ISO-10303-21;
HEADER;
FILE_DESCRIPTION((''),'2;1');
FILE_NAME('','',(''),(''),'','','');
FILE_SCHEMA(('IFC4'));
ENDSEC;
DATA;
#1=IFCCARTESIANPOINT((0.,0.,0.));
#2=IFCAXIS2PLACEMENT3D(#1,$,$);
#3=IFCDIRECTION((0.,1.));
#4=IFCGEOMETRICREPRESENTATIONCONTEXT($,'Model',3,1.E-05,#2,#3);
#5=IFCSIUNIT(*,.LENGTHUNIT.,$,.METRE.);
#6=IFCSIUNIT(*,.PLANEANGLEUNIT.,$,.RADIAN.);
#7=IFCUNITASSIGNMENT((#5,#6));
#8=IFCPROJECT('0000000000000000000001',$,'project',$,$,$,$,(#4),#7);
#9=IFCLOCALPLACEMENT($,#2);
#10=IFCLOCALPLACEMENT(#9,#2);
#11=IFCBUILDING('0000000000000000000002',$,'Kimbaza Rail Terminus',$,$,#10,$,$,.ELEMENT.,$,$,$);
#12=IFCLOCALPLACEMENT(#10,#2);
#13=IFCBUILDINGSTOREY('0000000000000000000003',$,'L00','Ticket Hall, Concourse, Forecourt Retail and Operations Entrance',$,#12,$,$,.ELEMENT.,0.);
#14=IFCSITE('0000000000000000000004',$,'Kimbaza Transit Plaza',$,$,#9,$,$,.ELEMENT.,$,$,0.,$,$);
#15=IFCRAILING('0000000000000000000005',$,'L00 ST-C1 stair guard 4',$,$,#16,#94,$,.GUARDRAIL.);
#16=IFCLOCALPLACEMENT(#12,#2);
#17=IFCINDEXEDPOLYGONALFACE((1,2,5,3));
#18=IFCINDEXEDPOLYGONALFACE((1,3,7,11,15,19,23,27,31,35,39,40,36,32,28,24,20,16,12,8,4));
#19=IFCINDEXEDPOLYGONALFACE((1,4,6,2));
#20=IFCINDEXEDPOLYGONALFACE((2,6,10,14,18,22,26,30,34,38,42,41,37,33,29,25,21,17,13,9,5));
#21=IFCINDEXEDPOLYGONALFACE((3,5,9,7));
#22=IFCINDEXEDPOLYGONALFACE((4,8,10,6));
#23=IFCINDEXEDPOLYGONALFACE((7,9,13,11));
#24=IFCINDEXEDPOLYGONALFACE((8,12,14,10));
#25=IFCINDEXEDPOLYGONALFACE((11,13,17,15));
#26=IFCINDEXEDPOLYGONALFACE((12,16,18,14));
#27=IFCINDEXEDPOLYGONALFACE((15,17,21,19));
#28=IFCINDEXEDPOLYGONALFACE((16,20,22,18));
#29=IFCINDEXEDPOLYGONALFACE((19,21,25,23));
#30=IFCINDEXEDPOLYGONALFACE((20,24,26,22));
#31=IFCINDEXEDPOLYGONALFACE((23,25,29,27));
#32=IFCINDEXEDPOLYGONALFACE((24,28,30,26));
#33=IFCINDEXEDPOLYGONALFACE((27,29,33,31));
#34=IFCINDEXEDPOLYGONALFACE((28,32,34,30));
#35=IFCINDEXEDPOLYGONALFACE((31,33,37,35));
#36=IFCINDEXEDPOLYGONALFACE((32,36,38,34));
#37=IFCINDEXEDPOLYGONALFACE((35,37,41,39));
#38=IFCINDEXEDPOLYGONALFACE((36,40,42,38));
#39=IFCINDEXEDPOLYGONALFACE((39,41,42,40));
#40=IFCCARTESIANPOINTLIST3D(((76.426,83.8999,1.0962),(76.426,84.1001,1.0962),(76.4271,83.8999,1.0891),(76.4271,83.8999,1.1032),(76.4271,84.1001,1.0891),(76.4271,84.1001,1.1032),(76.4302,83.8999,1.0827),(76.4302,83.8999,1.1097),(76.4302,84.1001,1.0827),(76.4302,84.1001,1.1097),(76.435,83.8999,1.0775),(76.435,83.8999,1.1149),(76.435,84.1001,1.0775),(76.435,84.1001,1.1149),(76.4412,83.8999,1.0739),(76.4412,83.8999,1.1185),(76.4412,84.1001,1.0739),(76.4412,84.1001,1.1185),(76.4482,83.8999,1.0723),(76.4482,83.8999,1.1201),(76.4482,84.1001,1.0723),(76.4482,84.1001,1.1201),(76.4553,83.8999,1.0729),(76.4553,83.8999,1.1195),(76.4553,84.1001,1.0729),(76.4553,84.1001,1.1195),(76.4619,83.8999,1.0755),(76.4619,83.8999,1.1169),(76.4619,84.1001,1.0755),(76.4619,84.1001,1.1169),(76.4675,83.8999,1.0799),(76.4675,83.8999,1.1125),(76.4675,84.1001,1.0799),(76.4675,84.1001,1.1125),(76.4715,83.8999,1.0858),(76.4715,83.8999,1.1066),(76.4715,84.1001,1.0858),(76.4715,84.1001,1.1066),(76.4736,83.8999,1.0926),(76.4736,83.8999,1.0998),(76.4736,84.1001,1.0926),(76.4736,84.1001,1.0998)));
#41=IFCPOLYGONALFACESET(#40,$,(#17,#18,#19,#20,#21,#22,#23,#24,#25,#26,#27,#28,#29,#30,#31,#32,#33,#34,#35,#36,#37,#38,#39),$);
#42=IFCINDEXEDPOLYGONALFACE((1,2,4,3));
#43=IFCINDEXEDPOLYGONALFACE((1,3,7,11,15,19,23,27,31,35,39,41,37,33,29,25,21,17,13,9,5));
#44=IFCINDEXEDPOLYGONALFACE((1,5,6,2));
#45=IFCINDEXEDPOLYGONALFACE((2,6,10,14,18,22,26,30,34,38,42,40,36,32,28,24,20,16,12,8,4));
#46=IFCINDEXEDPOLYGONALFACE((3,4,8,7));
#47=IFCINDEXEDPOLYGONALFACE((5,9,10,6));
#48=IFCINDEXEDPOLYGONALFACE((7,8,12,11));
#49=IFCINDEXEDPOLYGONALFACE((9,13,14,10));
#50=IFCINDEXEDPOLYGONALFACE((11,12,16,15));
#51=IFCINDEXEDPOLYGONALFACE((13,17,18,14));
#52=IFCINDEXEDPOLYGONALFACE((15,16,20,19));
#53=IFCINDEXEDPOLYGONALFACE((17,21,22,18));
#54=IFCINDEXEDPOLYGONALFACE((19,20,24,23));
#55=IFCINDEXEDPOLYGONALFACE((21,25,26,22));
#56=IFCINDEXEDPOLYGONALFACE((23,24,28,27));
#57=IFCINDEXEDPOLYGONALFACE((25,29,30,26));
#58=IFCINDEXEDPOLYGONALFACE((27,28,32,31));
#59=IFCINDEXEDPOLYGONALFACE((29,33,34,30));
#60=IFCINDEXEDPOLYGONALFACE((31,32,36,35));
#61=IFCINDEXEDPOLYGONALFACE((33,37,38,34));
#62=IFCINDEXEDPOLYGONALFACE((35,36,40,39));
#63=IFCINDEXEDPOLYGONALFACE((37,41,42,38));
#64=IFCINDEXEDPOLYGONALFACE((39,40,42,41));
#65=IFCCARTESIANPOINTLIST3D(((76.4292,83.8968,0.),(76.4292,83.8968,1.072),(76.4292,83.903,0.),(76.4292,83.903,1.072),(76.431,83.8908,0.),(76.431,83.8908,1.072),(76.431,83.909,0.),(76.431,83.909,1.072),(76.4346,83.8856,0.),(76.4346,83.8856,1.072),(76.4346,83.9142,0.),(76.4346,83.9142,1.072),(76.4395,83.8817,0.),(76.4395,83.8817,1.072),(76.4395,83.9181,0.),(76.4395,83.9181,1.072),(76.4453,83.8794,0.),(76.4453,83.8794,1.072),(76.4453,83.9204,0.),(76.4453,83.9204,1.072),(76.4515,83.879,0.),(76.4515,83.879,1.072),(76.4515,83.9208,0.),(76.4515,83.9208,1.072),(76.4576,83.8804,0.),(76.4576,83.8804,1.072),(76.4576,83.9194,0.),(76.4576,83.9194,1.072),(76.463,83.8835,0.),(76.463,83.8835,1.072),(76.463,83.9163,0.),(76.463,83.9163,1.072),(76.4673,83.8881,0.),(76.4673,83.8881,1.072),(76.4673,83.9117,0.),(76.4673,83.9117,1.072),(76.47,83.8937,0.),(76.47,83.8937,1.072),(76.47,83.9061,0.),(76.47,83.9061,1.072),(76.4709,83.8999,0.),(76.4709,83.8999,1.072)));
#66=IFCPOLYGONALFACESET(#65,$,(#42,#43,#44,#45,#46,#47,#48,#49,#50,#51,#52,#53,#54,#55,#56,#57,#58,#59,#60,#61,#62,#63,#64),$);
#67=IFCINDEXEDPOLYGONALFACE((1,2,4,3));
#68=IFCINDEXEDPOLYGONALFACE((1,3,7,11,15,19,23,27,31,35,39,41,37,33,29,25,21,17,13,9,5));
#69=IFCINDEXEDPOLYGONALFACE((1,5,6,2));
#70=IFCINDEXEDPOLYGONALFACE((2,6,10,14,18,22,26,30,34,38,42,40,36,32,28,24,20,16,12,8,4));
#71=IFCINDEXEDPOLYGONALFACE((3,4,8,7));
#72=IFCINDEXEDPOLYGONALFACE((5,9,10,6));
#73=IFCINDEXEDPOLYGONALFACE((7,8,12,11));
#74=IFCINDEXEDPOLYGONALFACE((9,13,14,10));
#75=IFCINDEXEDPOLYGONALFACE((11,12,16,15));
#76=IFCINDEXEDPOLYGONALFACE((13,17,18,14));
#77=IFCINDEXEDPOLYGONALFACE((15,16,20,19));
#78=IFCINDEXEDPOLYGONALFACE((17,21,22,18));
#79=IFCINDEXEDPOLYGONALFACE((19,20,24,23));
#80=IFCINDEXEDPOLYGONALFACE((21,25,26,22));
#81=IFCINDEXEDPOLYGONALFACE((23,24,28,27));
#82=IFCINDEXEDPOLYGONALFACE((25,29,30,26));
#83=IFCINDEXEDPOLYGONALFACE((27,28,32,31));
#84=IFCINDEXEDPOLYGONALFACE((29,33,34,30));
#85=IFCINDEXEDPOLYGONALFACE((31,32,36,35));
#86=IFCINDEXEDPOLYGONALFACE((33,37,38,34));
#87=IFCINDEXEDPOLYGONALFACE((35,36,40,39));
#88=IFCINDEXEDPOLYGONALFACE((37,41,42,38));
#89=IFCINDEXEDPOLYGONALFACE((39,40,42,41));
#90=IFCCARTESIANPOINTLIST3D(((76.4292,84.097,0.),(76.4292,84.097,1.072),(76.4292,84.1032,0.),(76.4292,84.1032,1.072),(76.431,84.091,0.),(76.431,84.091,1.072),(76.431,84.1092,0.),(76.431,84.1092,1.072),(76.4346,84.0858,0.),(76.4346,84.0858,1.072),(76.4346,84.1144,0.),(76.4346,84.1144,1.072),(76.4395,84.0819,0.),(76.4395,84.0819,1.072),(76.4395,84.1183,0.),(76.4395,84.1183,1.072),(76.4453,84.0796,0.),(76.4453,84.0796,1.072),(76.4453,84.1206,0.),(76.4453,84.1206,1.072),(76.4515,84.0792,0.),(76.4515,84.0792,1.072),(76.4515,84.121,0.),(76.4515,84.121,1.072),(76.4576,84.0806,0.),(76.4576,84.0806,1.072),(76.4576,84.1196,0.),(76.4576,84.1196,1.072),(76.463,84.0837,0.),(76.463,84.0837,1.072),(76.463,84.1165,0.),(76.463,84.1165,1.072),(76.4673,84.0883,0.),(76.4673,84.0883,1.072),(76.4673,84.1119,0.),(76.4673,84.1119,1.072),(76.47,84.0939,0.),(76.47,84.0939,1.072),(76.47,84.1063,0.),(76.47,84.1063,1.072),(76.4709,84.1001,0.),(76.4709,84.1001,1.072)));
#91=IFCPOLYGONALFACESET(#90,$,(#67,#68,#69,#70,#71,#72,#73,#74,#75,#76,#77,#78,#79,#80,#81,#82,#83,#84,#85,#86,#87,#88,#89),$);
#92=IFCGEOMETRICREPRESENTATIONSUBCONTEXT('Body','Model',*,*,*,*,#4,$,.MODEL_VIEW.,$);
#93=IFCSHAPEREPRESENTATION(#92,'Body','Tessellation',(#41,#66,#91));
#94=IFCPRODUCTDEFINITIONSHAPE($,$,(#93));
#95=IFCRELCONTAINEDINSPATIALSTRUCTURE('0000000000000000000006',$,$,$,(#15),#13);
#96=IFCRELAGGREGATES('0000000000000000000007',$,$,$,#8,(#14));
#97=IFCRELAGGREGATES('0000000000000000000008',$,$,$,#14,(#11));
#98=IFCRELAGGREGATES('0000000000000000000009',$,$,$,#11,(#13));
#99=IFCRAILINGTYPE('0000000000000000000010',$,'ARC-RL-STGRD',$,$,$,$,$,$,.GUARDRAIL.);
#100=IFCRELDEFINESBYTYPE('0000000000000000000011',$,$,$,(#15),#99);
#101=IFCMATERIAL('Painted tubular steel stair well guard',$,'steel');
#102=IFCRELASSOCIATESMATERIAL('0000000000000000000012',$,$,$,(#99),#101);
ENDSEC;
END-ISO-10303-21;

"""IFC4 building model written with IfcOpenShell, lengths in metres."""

from ifc_helpers import new_model, si_unit, direction, frame, origin, origin_2d, place, context, subcontext, project, spatial, circle, extrude, material, type_object, element, save


model = new_model("IFC4")

# Units and contexts
model_context = context("Model", 3, precision=1e-05, world=origin(), true_north=direction((0.0, 1.0)))
body_context = subcontext(model_context, "Body", "Model", "MODEL_VIEW")
ifc_project = project(units=[si_unit("LENGTHUNIT", "METRE"), si_unit("PLANEANGLEUNIT", "RADIAN")], contexts=[model_context])

# Site, building, storey
site_placement = place(None, origin())
site = spatial("IfcSite", under=ifc_project, at=site_placement, Name="Kimbaza Transit Plaza", CompositionType="ELEMENT", RefElevation=0.0)
building_placement = place(site_placement, origin())
building = spatial("IfcBuilding", under=site, at=building_placement, Name="Kimbaza Rail Terminus", CompositionType="ELEMENT")
storey_placement = place(building_placement, origin())
storey = spatial("IfcBuildingStorey", under=building, at=storey_placement, Name="L00", Description="Ticket Hall, Concourse, Forecourt Retail and Operations Entrance", CompositionType="ELEMENT", Elevation=0.0)

# Railing
ifc_material_1 = material(Name="Painted tubular steel stair well guard", Category="steel")
railing_type_1 = type_object("IfcRailingType", Name="ARC-RL-STGRD", PredefinedType="GUARDRAIL", material=ifc_material_1)
railing_1_placement = place(storey_placement, frame((76.45, 83.8999, 0.0)))
element("IfcRailing", 1, at=railing_1_placement, inside=storey, type_object=railing_type_1, Name="L00 ST-C1 stair guard 4", PredefinedType="GUARDRAIL", context=body_context, shape_type="SweptSolid", body=[
    extrude(circle(Radius=0.0239, at=origin_2d()), frame((0.0, 0.0, 1.0962), z_axis=(0.0, 1.0, 0.0), x_axis=(-1.0, 0.0, 0.0)), (0.0, 0.0, 1.0), 0.2002),
    extrude(circle(Radius=0.021, at=origin_2d()), origin(), (0.0, 0.0, 1.0), 1.072),
    extrude(circle(Radius=0.021, at=origin_2d()), frame((0.0, 0.2002, 0.0)), (0.0, 0.0, 1.0), 1.072),
])

save(model, "model.ifc")
